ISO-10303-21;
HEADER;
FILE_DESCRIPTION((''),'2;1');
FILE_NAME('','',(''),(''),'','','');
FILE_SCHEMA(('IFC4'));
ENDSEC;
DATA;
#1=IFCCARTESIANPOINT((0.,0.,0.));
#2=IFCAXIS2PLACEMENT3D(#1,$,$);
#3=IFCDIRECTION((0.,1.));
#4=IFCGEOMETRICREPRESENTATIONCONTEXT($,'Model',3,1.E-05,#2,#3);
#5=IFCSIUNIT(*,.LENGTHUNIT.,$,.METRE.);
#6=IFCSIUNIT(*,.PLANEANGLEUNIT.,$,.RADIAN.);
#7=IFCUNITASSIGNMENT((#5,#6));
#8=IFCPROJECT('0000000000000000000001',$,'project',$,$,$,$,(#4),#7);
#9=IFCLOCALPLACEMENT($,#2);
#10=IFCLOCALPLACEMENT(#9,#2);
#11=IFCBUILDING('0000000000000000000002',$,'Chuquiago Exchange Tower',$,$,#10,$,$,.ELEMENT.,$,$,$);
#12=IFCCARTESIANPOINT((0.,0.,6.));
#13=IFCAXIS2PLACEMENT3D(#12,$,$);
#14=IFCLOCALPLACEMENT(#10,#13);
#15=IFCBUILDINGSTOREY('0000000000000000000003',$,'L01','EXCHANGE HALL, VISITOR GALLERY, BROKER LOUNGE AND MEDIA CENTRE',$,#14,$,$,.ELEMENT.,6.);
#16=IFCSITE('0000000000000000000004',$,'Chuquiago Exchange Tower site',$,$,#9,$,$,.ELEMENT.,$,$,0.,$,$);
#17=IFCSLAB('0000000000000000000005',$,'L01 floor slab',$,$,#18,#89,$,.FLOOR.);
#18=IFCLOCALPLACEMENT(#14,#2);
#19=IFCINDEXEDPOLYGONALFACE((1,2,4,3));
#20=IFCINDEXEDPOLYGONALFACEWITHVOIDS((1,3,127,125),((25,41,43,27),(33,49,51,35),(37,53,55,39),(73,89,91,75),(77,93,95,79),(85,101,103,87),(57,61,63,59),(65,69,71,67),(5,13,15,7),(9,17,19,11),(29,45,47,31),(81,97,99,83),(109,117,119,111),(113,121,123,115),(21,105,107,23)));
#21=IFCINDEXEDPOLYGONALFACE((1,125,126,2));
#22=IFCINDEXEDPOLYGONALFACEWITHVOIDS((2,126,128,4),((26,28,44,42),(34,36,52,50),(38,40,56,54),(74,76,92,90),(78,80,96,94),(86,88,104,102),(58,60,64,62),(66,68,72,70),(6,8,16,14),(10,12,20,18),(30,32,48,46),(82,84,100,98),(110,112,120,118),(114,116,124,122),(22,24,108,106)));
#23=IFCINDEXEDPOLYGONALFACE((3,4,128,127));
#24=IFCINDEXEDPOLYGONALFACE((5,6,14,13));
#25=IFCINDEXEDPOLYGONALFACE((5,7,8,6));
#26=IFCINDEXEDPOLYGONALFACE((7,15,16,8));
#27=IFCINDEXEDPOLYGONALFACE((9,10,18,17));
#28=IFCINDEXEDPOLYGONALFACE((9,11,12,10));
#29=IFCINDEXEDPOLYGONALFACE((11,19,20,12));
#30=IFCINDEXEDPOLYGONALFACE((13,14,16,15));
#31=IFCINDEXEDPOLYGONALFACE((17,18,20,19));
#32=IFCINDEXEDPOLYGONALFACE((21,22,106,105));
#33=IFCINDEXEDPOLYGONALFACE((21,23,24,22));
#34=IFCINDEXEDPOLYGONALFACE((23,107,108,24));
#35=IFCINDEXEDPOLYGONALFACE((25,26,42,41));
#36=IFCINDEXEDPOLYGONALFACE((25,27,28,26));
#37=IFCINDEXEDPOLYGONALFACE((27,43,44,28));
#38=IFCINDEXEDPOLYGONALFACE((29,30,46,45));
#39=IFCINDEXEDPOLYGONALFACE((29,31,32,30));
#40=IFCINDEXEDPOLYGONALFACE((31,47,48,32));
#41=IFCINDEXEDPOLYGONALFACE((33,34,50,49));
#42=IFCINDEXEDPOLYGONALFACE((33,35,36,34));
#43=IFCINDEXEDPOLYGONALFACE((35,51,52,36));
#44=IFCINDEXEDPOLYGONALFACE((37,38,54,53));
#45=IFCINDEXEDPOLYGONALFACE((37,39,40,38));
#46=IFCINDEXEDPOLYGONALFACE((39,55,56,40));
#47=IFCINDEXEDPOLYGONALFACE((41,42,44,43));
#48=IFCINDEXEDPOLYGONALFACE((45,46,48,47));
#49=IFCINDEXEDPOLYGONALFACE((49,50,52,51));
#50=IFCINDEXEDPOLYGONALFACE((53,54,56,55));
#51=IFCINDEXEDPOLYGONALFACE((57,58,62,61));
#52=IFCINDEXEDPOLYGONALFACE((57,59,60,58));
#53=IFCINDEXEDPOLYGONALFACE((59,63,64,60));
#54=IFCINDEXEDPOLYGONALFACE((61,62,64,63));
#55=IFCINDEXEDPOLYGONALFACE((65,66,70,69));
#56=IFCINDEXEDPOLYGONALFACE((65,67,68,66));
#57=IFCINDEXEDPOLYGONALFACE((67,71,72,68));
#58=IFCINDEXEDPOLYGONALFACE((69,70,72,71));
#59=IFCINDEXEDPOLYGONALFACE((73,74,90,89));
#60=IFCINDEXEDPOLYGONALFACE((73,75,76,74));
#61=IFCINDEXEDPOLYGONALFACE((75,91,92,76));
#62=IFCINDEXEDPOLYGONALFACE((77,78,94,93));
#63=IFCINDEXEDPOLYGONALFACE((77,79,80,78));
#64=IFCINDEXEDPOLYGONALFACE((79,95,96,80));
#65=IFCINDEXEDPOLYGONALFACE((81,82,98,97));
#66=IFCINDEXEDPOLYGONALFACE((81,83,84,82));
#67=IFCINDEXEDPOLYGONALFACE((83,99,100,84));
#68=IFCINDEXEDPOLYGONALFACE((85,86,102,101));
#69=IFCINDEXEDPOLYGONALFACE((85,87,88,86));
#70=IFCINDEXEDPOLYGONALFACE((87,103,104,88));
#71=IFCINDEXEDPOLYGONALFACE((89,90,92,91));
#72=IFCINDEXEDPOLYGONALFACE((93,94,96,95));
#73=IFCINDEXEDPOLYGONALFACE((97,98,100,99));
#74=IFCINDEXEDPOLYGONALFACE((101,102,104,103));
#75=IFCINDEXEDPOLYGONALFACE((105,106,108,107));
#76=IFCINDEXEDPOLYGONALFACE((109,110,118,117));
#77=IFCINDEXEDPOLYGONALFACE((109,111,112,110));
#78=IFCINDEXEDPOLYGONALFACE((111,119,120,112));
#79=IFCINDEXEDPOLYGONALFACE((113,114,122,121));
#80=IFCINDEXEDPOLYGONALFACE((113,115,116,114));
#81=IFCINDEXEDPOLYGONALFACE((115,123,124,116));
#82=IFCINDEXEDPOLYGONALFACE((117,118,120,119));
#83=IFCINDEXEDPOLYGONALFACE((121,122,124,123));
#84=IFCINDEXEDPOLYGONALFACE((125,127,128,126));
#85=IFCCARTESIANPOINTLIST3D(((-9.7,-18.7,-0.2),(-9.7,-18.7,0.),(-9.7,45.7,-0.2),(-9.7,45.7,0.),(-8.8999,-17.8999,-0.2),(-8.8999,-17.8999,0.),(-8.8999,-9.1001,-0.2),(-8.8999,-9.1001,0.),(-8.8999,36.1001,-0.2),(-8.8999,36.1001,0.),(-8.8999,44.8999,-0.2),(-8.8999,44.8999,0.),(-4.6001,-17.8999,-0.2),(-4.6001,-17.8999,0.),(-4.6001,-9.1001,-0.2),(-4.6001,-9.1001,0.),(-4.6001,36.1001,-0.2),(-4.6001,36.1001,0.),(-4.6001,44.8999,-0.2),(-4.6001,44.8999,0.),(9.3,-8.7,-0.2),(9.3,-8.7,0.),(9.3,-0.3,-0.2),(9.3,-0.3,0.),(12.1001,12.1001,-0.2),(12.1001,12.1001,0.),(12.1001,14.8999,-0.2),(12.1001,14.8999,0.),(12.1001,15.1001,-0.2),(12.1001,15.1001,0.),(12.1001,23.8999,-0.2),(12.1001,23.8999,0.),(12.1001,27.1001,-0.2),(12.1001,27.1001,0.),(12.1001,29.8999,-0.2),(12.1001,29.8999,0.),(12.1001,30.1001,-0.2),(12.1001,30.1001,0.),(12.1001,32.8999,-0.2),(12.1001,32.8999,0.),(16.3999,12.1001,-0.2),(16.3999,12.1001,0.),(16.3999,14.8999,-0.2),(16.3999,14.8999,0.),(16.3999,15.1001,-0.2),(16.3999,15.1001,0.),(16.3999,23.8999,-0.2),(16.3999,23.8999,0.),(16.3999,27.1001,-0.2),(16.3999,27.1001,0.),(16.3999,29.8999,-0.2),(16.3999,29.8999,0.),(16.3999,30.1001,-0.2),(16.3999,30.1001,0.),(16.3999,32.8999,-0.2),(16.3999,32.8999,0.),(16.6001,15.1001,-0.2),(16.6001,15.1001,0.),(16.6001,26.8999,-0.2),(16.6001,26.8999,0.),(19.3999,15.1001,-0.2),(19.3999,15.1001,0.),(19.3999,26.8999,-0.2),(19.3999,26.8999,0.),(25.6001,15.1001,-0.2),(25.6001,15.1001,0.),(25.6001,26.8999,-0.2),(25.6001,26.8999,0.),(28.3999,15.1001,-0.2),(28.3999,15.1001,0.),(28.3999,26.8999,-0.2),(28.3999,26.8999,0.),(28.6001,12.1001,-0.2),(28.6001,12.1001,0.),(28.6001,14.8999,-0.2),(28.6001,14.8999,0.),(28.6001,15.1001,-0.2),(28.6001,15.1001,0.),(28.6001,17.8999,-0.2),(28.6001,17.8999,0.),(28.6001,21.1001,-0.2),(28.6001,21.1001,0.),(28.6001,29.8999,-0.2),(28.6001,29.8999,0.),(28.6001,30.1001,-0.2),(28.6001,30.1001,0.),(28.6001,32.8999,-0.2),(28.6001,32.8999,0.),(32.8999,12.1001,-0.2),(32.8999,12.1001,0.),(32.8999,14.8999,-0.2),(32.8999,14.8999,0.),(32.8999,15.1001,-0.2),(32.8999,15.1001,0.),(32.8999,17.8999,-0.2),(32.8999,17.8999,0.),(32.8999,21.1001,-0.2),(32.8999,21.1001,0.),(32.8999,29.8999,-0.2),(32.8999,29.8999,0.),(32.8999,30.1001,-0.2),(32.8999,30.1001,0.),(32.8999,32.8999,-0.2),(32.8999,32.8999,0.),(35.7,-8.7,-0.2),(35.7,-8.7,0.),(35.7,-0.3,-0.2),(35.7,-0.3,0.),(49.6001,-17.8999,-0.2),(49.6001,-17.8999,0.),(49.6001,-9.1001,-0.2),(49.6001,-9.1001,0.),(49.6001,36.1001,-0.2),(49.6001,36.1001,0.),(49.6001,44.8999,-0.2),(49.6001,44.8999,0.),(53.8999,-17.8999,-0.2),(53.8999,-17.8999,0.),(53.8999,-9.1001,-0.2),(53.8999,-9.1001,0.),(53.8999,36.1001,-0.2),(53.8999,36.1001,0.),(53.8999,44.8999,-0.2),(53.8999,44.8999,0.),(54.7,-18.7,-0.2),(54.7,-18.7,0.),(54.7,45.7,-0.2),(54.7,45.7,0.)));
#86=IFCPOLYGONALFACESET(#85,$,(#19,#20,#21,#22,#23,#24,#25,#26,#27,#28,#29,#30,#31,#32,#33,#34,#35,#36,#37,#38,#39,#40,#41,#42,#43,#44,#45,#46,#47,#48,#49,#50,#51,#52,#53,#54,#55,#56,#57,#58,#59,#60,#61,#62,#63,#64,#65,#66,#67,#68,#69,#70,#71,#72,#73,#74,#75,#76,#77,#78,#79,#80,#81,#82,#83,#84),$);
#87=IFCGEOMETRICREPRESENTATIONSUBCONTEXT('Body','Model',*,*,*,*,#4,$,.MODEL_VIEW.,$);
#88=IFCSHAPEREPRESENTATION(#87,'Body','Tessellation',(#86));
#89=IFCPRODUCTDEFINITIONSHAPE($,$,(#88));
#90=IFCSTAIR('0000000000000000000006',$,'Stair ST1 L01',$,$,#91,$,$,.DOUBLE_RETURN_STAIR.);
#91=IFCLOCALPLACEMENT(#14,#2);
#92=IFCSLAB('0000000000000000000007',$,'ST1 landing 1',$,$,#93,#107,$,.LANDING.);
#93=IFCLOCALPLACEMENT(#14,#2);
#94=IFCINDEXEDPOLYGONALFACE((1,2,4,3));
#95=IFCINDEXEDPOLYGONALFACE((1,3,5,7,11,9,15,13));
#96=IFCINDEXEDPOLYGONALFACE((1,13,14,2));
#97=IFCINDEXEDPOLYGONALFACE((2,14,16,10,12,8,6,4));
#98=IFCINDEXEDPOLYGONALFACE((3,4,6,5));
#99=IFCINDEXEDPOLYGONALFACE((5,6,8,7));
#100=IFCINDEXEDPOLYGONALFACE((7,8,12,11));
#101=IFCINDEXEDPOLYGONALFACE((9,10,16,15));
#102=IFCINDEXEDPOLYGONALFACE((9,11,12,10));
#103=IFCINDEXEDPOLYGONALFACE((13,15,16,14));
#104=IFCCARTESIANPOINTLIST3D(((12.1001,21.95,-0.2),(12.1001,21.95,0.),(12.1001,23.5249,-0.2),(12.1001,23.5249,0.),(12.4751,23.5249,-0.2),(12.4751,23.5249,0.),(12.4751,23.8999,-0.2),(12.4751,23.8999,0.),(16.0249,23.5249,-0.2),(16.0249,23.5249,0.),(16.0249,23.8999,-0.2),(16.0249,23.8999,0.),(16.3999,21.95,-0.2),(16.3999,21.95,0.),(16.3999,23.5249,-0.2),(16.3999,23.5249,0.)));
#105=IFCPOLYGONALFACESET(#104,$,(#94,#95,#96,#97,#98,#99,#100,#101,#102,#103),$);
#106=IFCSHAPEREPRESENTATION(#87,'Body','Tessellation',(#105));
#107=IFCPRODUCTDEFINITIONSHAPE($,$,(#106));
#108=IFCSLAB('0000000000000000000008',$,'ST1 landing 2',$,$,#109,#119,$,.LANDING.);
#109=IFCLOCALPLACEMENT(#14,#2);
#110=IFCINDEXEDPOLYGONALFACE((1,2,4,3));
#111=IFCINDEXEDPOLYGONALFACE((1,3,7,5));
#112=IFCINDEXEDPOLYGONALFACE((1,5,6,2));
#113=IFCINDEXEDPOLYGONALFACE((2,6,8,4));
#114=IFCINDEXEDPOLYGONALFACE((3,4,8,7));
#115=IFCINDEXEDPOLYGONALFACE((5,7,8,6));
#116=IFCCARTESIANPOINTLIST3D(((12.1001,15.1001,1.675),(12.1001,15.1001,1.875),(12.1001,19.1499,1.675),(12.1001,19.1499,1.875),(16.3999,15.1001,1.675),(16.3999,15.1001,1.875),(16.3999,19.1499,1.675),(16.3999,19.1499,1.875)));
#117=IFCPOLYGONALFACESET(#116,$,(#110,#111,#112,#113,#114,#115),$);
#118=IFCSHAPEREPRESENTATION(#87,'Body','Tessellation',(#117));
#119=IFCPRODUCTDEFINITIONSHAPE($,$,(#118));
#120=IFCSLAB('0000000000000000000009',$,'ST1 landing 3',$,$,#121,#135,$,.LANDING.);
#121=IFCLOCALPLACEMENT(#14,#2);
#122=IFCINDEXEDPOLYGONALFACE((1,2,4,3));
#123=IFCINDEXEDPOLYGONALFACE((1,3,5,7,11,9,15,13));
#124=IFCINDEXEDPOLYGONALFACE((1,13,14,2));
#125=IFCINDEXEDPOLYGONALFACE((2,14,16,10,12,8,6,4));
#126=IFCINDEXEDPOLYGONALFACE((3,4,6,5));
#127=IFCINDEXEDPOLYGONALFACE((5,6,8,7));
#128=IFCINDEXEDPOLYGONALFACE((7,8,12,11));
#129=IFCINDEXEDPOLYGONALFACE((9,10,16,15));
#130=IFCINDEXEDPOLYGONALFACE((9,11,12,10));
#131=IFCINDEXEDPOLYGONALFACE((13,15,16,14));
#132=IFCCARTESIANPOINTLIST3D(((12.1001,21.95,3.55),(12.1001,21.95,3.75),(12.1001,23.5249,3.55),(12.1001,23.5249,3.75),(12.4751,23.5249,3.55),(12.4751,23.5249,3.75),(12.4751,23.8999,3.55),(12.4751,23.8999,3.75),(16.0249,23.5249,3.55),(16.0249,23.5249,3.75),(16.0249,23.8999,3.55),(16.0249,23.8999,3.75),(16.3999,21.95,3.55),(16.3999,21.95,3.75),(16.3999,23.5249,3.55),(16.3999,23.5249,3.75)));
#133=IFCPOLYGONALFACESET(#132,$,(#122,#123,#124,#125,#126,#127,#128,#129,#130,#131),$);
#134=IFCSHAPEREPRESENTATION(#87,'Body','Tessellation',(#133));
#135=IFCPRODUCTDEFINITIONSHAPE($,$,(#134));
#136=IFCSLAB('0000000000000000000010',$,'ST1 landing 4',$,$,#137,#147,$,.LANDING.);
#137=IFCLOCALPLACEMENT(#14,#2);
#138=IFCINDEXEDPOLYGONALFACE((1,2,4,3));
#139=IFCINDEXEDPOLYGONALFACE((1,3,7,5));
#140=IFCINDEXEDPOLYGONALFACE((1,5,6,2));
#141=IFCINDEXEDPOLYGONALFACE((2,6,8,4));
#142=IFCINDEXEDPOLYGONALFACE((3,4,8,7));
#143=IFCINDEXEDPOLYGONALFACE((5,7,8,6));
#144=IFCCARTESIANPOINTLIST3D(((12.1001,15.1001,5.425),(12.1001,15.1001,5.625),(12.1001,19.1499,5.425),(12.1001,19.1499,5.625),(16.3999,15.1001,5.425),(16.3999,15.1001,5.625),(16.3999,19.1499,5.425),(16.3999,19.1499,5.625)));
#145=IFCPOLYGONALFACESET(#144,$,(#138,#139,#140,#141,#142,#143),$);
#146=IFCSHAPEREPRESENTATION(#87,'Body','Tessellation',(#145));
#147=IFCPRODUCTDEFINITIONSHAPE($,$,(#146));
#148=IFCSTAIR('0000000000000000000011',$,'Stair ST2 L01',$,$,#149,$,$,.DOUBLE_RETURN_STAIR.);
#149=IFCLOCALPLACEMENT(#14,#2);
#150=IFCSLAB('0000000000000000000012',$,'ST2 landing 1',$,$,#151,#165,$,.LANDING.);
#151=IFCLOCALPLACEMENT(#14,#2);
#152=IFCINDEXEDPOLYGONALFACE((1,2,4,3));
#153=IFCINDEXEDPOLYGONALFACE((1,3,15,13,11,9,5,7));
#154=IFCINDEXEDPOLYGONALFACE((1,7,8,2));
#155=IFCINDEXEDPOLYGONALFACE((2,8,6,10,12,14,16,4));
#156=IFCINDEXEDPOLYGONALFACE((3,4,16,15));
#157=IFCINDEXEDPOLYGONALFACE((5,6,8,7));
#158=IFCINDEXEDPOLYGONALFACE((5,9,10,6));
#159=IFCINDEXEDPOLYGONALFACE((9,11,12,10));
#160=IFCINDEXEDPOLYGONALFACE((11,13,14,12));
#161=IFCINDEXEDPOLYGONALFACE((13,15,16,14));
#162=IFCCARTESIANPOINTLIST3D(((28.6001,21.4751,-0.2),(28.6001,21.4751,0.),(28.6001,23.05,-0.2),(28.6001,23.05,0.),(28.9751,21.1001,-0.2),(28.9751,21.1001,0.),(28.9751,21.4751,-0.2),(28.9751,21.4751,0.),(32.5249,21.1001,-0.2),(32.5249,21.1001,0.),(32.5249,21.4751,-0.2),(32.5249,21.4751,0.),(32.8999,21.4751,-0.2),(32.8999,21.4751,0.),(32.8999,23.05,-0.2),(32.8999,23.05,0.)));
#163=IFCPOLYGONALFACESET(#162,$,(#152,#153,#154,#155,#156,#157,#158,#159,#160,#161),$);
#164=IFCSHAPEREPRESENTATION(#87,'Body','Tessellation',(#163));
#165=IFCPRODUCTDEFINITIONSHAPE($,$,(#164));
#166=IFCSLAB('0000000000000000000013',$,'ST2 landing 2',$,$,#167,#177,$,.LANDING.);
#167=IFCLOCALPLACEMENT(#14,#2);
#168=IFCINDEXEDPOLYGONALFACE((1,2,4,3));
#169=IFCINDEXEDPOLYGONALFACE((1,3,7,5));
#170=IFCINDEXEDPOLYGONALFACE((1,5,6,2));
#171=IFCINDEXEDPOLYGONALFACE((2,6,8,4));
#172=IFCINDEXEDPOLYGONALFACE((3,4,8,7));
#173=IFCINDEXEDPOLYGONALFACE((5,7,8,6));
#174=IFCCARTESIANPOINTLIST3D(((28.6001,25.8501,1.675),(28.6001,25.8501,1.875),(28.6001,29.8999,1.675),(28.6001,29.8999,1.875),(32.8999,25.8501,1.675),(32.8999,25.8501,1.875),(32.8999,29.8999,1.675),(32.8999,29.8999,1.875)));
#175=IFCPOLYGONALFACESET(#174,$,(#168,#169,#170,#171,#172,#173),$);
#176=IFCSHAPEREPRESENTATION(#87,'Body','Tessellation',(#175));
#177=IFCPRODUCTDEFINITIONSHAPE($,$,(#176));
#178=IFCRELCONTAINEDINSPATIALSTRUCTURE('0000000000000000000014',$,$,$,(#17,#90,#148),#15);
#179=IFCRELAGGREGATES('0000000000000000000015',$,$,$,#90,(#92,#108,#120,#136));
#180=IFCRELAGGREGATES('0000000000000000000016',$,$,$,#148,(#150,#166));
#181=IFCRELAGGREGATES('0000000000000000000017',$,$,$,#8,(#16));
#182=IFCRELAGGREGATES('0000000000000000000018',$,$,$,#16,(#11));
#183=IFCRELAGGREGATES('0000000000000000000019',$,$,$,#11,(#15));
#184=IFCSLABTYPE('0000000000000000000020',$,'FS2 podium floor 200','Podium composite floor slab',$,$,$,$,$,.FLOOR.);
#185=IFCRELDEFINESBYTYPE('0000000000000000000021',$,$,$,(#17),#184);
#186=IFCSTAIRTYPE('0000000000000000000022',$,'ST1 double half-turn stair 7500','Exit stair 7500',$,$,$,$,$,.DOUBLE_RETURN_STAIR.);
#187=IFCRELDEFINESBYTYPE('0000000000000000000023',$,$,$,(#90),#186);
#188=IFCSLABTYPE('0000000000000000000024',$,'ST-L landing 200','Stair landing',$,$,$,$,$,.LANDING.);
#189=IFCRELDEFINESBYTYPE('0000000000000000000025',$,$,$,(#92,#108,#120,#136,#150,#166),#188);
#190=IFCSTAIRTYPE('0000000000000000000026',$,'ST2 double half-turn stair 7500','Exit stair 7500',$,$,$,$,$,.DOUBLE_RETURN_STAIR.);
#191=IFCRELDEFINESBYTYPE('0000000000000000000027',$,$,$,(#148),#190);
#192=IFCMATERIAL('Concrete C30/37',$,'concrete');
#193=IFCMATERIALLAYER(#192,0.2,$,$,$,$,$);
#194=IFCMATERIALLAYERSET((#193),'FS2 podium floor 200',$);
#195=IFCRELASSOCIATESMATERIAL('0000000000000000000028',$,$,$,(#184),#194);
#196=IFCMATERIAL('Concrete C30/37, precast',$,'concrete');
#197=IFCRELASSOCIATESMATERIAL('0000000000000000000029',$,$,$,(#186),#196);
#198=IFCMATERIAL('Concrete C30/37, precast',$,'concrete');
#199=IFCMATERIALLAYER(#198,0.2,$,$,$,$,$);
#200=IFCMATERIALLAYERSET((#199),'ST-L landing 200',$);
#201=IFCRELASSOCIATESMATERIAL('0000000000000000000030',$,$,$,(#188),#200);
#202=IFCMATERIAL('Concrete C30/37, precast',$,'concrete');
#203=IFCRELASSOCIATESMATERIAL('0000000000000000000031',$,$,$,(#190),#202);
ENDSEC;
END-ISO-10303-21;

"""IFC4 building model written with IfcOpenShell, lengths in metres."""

from ifc_helpers import new_model, si_unit, direction, frame, origin, place, context, subcontext, project, spatial, polyline, outline, extrude, material, layer, layer_set, type_object, element, aggregate, save


model = new_model("IFC4")

# Units and contexts
model_context = context("Model", 3, precision=1e-05, world=origin(), true_north=direction((0.0, 1.0)))
body_context = subcontext(model_context, "Body", "Model", "MODEL_VIEW")
ifc_project = project(units=[si_unit("LENGTHUNIT", "METRE"), si_unit("PLANEANGLEUNIT", "RADIAN")], contexts=[model_context])

# Site, building, storey
site_placement = place(None, origin())
site = spatial("IfcSite", under=ifc_project, at=site_placement, Name="Chuquiago Exchange Tower site", CompositionType="ELEMENT", RefElevation=0.0)
building_placement = place(site_placement, origin())
building = spatial("IfcBuilding", under=site, at=building_placement, Name="Chuquiago Exchange Tower", CompositionType="ELEMENT")
storey_placement = place(building_placement, frame((0.0, 0.0, 6.0)))
storey = spatial("IfcBuildingStorey", under=building, at=storey_placement, Name="L01", Description="EXCHANGE HALL, VISITOR GALLERY, BROKER LOUNGE AND MEDIA CENTRE", CompositionType="ELEMENT", Elevation=6.0)

# Slab
ifc_material_1 = material(Name="Concrete C30/37", Category="concrete")
ifc_layer_1 = layer(ifc_material_1, 0.2)
ifc_layer_set_1 = layer_set([ifc_layer_1], Name="FS2 podium floor 200")
slab_type_1 = type_object("IfcSlabType", Name="FS2 podium floor 200", Description="Podium composite floor slab", PredefinedType="FLOOR", material=ifc_layer_set_1)
slab_1_placement = place(storey_placement, frame((0.0, 0.0, -0.2)))
element("IfcSlab", 1, at=slab_1_placement, inside=storey, type_object=slab_type_1, Name="L01 floor slab", PredefinedType="FLOOR", context=body_context, shape_type="SweptSolid", body=[
    extrude(outline(polyline([(54.7, -18.7), (54.7, 45.7), (-9.7, 45.7), (-9.7, -18.7), (54.7, -18.7)]), holes=[polyline([(16.3999, 15.1001), (12.1001, 15.1001), (12.1001, 23.8999), (16.3999, 23.8999), (16.3999, 15.1001)]), polyline([(32.8999, 21.1001), (28.6001, 21.1001), (28.6001, 29.8999), (32.8999, 29.8999), (32.8999, 21.1001)]), polyline([(16.3999, 12.1001), (12.1001, 12.1001), (12.1001, 14.8999), (16.3999, 14.8999), (16.3999, 12.1001)]), polyline([(16.3999, 30.1001), (12.1001, 30.1001), (12.1001, 32.8999), (16.3999, 32.8999), (16.3999, 30.1001)]), polyline([(32.8999, 12.1001), (28.6001, 12.1001), (28.6001, 14.8999), (32.8999, 14.8999), (32.8999, 12.1001)]), polyline([(32.8999, 30.1001), (28.6001, 30.1001), (28.6001, 32.8999), (32.8999, 32.8999), (32.8999, 30.1001)]), polyline([(16.3999, 27.1001), (12.1001, 27.1001), (12.1001, 29.8999), (16.3999, 29.8999), (16.3999, 27.1001)]), polyline([(32.8999, 15.1001), (28.6001, 15.1001), (28.6001, 17.8999), (32.8999, 17.8999), (32.8999, 15.1001)]), polyline([(19.3999, 15.1001), (16.6001, 15.1001), (16.6001, 26.8999), (19.3999, 26.8999), (19.3999, 15.1001)]), polyline([(28.3999, 15.1001), (25.6001, 15.1001), (25.6001, 26.8999), (28.3999, 26.8999), (28.3999, 15.1001)]), polyline([(-4.6001, -17.8999), (-8.8999, -17.8999), (-8.8999, -9.1001), (-4.6001, -9.1001), (-4.6001, -17.8999)]), polyline([(53.8999, -17.8999), (49.6001, -17.8999), (49.6001, -9.1001), (53.8999, -9.1001), (53.8999, -17.8999)]), polyline([(-4.6001, 36.1001), (-8.8999, 36.1001), (-8.8999, 44.8999), (-4.6001, 44.8999), (-4.6001, 36.1001)]), polyline([(53.8999, 36.1001), (49.6001, 36.1001), (49.6001, 44.8999), (53.8999, 44.8999), (53.8999, 36.1001)]), polyline([(35.7, -8.7), (35.7, -0.3), (9.3, -0.3), (9.3, -8.7), (35.7, -8.7)])]), origin(), (0.0, 0.0, 1.0), 0.2),
])

# Stairs, slabs
ifc_material_2 = material(Name="Concrete C30/37, precast", Category="concrete")
stair_type_1 = type_object("IfcStairType", Name="ST1 double half-turn stair 7500", Description="Exit stair 7500", PredefinedType="DOUBLE_RETURN_STAIR", material=ifc_material_2)
stair_1_placement = place(storey_placement, origin())
stair_1 = element("IfcStair", 2, at=stair_1_placement, inside=storey, type_object=stair_type_1, Name="Stair ST1 L01", PredefinedType="DOUBLE_RETURN_STAIR")
ifc_material_3 = material(Name="Concrete C30/37, precast", Category="concrete")
ifc_layer_2 = layer(ifc_material_3, 0.2)
ifc_layer_set_2 = layer_set([ifc_layer_2], Name="ST-L landing 200")
slab_type_2 = type_object("IfcSlabType", Name="ST-L landing 200", Description="Stair landing", PredefinedType="LANDING", material=ifc_layer_set_2)
slab_2_placement = place(storey_placement, frame((0.0, 0.0, -0.2)))
slab_2 = element("IfcSlab", 3, at=slab_2_placement, type_object=slab_type_2, Name="ST1 landing 1", PredefinedType="LANDING", context=body_context, shape_type="SweptSolid", body=[
    extrude(outline(polyline([(12.4751, 23.8999), (16.0249, 23.8999), (16.0249, 23.5249), (16.3999, 23.5249), (16.3999, 21.95), (12.1001, 21.95), (12.1001, 23.5249), (12.4751, 23.5249), (12.4751, 23.8999)])), origin(), (0.0, 0.0, 1.0), 0.2),
])
slab_3_placement = place(storey_placement, frame((0.0, 0.0, 1.675)))
slab_3 = element("IfcSlab", 4, at=slab_3_placement, type_object=slab_type_2, Name="ST1 landing 2", PredefinedType="LANDING", context=body_context, shape_type="SweptSolid", body=[
    extrude(outline(polyline([(12.1001, 19.1499), (16.3999, 19.1499), (16.3999, 15.1001), (12.1001, 15.1001), (12.1001, 19.1499)])), origin(), (0.0, 0.0, 1.0), 0.2),
])
slab_4_placement = place(storey_placement, frame((0.0, 0.0, 3.55)))
slab_4 = element("IfcSlab", 5, at=slab_4_placement, type_object=slab_type_2, Name="ST1 landing 3", PredefinedType="LANDING", context=body_context, shape_type="SweptSolid", body=[
    extrude(outline(polyline([(12.4751, 23.8999), (16.0249, 23.8999), (16.0249, 23.5249), (16.3999, 23.5249), (16.3999, 21.95), (12.1001, 21.95), (12.1001, 23.5249), (12.4751, 23.5249), (12.4751, 23.8999)])), origin(), (0.0, 0.0, 1.0), 0.2),
])
slab_5_placement = place(storey_placement, frame((0.0, 0.0, 5.425)))
slab_5 = element("IfcSlab", 6, at=slab_5_placement, type_object=slab_type_2, Name="ST1 landing 4", PredefinedType="LANDING", context=body_context, shape_type="SweptSolid", body=[
    extrude(outline(polyline([(12.1001, 19.1499), (16.3999, 19.1499), (16.3999, 15.1001), (12.1001, 15.1001), (12.1001, 19.1499)])), origin(), (0.0, 0.0, 1.0), 0.2),
])
aggregate(stair_1, [slab_2, slab_3, slab_4, slab_5])
ifc_material_4 = material(Name="Concrete C30/37, precast", Category="concrete")
stair_type_2 = type_object("IfcStairType", Name="ST2 double half-turn stair 7500", Description="Exit stair 7500", PredefinedType="DOUBLE_RETURN_STAIR", material=ifc_material_4)
stair_2_placement = place(storey_placement, origin())
stair_2 = element("IfcStair", 7, at=stair_2_placement, inside=storey, type_object=stair_type_2, Name="Stair ST2 L01", PredefinedType="DOUBLE_RETURN_STAIR")
slab_6_placement = place(storey_placement, frame((0.0, 0.0, -0.2)))
slab_6 = element("IfcSlab", 8, at=slab_6_placement, type_object=slab_type_2, Name="ST2 landing 1", PredefinedType="LANDING", context=body_context, shape_type="SweptSolid", body=[
    extrude(outline(polyline([(32.5249, 21.4751), (32.5249, 21.1001), (28.9751, 21.1001), (28.9751, 21.4751), (28.6001, 21.4751), (28.6001, 23.05), (32.8999, 23.05), (32.8999, 21.4751), (32.5249, 21.4751)])), origin(), (0.0, 0.0, 1.0), 0.2),
])
slab_7_placement = place(storey_placement, frame((0.0, 0.0, 1.675)))
slab_7 = element("IfcSlab", 9, at=slab_7_placement, type_object=slab_type_2, Name="ST2 landing 2", PredefinedType="LANDING", context=body_context, shape_type="SweptSolid", body=[
    extrude(outline(polyline([(28.6001, 29.8999), (32.8999, 29.8999), (32.8999, 25.8501), (28.6001, 25.8501), (28.6001, 29.8999)])), origin(), (0.0, 0.0, 1.0), 0.2),
])
aggregate(stair_2, [slab_6, slab_7])

save(model, "model.ifc")
